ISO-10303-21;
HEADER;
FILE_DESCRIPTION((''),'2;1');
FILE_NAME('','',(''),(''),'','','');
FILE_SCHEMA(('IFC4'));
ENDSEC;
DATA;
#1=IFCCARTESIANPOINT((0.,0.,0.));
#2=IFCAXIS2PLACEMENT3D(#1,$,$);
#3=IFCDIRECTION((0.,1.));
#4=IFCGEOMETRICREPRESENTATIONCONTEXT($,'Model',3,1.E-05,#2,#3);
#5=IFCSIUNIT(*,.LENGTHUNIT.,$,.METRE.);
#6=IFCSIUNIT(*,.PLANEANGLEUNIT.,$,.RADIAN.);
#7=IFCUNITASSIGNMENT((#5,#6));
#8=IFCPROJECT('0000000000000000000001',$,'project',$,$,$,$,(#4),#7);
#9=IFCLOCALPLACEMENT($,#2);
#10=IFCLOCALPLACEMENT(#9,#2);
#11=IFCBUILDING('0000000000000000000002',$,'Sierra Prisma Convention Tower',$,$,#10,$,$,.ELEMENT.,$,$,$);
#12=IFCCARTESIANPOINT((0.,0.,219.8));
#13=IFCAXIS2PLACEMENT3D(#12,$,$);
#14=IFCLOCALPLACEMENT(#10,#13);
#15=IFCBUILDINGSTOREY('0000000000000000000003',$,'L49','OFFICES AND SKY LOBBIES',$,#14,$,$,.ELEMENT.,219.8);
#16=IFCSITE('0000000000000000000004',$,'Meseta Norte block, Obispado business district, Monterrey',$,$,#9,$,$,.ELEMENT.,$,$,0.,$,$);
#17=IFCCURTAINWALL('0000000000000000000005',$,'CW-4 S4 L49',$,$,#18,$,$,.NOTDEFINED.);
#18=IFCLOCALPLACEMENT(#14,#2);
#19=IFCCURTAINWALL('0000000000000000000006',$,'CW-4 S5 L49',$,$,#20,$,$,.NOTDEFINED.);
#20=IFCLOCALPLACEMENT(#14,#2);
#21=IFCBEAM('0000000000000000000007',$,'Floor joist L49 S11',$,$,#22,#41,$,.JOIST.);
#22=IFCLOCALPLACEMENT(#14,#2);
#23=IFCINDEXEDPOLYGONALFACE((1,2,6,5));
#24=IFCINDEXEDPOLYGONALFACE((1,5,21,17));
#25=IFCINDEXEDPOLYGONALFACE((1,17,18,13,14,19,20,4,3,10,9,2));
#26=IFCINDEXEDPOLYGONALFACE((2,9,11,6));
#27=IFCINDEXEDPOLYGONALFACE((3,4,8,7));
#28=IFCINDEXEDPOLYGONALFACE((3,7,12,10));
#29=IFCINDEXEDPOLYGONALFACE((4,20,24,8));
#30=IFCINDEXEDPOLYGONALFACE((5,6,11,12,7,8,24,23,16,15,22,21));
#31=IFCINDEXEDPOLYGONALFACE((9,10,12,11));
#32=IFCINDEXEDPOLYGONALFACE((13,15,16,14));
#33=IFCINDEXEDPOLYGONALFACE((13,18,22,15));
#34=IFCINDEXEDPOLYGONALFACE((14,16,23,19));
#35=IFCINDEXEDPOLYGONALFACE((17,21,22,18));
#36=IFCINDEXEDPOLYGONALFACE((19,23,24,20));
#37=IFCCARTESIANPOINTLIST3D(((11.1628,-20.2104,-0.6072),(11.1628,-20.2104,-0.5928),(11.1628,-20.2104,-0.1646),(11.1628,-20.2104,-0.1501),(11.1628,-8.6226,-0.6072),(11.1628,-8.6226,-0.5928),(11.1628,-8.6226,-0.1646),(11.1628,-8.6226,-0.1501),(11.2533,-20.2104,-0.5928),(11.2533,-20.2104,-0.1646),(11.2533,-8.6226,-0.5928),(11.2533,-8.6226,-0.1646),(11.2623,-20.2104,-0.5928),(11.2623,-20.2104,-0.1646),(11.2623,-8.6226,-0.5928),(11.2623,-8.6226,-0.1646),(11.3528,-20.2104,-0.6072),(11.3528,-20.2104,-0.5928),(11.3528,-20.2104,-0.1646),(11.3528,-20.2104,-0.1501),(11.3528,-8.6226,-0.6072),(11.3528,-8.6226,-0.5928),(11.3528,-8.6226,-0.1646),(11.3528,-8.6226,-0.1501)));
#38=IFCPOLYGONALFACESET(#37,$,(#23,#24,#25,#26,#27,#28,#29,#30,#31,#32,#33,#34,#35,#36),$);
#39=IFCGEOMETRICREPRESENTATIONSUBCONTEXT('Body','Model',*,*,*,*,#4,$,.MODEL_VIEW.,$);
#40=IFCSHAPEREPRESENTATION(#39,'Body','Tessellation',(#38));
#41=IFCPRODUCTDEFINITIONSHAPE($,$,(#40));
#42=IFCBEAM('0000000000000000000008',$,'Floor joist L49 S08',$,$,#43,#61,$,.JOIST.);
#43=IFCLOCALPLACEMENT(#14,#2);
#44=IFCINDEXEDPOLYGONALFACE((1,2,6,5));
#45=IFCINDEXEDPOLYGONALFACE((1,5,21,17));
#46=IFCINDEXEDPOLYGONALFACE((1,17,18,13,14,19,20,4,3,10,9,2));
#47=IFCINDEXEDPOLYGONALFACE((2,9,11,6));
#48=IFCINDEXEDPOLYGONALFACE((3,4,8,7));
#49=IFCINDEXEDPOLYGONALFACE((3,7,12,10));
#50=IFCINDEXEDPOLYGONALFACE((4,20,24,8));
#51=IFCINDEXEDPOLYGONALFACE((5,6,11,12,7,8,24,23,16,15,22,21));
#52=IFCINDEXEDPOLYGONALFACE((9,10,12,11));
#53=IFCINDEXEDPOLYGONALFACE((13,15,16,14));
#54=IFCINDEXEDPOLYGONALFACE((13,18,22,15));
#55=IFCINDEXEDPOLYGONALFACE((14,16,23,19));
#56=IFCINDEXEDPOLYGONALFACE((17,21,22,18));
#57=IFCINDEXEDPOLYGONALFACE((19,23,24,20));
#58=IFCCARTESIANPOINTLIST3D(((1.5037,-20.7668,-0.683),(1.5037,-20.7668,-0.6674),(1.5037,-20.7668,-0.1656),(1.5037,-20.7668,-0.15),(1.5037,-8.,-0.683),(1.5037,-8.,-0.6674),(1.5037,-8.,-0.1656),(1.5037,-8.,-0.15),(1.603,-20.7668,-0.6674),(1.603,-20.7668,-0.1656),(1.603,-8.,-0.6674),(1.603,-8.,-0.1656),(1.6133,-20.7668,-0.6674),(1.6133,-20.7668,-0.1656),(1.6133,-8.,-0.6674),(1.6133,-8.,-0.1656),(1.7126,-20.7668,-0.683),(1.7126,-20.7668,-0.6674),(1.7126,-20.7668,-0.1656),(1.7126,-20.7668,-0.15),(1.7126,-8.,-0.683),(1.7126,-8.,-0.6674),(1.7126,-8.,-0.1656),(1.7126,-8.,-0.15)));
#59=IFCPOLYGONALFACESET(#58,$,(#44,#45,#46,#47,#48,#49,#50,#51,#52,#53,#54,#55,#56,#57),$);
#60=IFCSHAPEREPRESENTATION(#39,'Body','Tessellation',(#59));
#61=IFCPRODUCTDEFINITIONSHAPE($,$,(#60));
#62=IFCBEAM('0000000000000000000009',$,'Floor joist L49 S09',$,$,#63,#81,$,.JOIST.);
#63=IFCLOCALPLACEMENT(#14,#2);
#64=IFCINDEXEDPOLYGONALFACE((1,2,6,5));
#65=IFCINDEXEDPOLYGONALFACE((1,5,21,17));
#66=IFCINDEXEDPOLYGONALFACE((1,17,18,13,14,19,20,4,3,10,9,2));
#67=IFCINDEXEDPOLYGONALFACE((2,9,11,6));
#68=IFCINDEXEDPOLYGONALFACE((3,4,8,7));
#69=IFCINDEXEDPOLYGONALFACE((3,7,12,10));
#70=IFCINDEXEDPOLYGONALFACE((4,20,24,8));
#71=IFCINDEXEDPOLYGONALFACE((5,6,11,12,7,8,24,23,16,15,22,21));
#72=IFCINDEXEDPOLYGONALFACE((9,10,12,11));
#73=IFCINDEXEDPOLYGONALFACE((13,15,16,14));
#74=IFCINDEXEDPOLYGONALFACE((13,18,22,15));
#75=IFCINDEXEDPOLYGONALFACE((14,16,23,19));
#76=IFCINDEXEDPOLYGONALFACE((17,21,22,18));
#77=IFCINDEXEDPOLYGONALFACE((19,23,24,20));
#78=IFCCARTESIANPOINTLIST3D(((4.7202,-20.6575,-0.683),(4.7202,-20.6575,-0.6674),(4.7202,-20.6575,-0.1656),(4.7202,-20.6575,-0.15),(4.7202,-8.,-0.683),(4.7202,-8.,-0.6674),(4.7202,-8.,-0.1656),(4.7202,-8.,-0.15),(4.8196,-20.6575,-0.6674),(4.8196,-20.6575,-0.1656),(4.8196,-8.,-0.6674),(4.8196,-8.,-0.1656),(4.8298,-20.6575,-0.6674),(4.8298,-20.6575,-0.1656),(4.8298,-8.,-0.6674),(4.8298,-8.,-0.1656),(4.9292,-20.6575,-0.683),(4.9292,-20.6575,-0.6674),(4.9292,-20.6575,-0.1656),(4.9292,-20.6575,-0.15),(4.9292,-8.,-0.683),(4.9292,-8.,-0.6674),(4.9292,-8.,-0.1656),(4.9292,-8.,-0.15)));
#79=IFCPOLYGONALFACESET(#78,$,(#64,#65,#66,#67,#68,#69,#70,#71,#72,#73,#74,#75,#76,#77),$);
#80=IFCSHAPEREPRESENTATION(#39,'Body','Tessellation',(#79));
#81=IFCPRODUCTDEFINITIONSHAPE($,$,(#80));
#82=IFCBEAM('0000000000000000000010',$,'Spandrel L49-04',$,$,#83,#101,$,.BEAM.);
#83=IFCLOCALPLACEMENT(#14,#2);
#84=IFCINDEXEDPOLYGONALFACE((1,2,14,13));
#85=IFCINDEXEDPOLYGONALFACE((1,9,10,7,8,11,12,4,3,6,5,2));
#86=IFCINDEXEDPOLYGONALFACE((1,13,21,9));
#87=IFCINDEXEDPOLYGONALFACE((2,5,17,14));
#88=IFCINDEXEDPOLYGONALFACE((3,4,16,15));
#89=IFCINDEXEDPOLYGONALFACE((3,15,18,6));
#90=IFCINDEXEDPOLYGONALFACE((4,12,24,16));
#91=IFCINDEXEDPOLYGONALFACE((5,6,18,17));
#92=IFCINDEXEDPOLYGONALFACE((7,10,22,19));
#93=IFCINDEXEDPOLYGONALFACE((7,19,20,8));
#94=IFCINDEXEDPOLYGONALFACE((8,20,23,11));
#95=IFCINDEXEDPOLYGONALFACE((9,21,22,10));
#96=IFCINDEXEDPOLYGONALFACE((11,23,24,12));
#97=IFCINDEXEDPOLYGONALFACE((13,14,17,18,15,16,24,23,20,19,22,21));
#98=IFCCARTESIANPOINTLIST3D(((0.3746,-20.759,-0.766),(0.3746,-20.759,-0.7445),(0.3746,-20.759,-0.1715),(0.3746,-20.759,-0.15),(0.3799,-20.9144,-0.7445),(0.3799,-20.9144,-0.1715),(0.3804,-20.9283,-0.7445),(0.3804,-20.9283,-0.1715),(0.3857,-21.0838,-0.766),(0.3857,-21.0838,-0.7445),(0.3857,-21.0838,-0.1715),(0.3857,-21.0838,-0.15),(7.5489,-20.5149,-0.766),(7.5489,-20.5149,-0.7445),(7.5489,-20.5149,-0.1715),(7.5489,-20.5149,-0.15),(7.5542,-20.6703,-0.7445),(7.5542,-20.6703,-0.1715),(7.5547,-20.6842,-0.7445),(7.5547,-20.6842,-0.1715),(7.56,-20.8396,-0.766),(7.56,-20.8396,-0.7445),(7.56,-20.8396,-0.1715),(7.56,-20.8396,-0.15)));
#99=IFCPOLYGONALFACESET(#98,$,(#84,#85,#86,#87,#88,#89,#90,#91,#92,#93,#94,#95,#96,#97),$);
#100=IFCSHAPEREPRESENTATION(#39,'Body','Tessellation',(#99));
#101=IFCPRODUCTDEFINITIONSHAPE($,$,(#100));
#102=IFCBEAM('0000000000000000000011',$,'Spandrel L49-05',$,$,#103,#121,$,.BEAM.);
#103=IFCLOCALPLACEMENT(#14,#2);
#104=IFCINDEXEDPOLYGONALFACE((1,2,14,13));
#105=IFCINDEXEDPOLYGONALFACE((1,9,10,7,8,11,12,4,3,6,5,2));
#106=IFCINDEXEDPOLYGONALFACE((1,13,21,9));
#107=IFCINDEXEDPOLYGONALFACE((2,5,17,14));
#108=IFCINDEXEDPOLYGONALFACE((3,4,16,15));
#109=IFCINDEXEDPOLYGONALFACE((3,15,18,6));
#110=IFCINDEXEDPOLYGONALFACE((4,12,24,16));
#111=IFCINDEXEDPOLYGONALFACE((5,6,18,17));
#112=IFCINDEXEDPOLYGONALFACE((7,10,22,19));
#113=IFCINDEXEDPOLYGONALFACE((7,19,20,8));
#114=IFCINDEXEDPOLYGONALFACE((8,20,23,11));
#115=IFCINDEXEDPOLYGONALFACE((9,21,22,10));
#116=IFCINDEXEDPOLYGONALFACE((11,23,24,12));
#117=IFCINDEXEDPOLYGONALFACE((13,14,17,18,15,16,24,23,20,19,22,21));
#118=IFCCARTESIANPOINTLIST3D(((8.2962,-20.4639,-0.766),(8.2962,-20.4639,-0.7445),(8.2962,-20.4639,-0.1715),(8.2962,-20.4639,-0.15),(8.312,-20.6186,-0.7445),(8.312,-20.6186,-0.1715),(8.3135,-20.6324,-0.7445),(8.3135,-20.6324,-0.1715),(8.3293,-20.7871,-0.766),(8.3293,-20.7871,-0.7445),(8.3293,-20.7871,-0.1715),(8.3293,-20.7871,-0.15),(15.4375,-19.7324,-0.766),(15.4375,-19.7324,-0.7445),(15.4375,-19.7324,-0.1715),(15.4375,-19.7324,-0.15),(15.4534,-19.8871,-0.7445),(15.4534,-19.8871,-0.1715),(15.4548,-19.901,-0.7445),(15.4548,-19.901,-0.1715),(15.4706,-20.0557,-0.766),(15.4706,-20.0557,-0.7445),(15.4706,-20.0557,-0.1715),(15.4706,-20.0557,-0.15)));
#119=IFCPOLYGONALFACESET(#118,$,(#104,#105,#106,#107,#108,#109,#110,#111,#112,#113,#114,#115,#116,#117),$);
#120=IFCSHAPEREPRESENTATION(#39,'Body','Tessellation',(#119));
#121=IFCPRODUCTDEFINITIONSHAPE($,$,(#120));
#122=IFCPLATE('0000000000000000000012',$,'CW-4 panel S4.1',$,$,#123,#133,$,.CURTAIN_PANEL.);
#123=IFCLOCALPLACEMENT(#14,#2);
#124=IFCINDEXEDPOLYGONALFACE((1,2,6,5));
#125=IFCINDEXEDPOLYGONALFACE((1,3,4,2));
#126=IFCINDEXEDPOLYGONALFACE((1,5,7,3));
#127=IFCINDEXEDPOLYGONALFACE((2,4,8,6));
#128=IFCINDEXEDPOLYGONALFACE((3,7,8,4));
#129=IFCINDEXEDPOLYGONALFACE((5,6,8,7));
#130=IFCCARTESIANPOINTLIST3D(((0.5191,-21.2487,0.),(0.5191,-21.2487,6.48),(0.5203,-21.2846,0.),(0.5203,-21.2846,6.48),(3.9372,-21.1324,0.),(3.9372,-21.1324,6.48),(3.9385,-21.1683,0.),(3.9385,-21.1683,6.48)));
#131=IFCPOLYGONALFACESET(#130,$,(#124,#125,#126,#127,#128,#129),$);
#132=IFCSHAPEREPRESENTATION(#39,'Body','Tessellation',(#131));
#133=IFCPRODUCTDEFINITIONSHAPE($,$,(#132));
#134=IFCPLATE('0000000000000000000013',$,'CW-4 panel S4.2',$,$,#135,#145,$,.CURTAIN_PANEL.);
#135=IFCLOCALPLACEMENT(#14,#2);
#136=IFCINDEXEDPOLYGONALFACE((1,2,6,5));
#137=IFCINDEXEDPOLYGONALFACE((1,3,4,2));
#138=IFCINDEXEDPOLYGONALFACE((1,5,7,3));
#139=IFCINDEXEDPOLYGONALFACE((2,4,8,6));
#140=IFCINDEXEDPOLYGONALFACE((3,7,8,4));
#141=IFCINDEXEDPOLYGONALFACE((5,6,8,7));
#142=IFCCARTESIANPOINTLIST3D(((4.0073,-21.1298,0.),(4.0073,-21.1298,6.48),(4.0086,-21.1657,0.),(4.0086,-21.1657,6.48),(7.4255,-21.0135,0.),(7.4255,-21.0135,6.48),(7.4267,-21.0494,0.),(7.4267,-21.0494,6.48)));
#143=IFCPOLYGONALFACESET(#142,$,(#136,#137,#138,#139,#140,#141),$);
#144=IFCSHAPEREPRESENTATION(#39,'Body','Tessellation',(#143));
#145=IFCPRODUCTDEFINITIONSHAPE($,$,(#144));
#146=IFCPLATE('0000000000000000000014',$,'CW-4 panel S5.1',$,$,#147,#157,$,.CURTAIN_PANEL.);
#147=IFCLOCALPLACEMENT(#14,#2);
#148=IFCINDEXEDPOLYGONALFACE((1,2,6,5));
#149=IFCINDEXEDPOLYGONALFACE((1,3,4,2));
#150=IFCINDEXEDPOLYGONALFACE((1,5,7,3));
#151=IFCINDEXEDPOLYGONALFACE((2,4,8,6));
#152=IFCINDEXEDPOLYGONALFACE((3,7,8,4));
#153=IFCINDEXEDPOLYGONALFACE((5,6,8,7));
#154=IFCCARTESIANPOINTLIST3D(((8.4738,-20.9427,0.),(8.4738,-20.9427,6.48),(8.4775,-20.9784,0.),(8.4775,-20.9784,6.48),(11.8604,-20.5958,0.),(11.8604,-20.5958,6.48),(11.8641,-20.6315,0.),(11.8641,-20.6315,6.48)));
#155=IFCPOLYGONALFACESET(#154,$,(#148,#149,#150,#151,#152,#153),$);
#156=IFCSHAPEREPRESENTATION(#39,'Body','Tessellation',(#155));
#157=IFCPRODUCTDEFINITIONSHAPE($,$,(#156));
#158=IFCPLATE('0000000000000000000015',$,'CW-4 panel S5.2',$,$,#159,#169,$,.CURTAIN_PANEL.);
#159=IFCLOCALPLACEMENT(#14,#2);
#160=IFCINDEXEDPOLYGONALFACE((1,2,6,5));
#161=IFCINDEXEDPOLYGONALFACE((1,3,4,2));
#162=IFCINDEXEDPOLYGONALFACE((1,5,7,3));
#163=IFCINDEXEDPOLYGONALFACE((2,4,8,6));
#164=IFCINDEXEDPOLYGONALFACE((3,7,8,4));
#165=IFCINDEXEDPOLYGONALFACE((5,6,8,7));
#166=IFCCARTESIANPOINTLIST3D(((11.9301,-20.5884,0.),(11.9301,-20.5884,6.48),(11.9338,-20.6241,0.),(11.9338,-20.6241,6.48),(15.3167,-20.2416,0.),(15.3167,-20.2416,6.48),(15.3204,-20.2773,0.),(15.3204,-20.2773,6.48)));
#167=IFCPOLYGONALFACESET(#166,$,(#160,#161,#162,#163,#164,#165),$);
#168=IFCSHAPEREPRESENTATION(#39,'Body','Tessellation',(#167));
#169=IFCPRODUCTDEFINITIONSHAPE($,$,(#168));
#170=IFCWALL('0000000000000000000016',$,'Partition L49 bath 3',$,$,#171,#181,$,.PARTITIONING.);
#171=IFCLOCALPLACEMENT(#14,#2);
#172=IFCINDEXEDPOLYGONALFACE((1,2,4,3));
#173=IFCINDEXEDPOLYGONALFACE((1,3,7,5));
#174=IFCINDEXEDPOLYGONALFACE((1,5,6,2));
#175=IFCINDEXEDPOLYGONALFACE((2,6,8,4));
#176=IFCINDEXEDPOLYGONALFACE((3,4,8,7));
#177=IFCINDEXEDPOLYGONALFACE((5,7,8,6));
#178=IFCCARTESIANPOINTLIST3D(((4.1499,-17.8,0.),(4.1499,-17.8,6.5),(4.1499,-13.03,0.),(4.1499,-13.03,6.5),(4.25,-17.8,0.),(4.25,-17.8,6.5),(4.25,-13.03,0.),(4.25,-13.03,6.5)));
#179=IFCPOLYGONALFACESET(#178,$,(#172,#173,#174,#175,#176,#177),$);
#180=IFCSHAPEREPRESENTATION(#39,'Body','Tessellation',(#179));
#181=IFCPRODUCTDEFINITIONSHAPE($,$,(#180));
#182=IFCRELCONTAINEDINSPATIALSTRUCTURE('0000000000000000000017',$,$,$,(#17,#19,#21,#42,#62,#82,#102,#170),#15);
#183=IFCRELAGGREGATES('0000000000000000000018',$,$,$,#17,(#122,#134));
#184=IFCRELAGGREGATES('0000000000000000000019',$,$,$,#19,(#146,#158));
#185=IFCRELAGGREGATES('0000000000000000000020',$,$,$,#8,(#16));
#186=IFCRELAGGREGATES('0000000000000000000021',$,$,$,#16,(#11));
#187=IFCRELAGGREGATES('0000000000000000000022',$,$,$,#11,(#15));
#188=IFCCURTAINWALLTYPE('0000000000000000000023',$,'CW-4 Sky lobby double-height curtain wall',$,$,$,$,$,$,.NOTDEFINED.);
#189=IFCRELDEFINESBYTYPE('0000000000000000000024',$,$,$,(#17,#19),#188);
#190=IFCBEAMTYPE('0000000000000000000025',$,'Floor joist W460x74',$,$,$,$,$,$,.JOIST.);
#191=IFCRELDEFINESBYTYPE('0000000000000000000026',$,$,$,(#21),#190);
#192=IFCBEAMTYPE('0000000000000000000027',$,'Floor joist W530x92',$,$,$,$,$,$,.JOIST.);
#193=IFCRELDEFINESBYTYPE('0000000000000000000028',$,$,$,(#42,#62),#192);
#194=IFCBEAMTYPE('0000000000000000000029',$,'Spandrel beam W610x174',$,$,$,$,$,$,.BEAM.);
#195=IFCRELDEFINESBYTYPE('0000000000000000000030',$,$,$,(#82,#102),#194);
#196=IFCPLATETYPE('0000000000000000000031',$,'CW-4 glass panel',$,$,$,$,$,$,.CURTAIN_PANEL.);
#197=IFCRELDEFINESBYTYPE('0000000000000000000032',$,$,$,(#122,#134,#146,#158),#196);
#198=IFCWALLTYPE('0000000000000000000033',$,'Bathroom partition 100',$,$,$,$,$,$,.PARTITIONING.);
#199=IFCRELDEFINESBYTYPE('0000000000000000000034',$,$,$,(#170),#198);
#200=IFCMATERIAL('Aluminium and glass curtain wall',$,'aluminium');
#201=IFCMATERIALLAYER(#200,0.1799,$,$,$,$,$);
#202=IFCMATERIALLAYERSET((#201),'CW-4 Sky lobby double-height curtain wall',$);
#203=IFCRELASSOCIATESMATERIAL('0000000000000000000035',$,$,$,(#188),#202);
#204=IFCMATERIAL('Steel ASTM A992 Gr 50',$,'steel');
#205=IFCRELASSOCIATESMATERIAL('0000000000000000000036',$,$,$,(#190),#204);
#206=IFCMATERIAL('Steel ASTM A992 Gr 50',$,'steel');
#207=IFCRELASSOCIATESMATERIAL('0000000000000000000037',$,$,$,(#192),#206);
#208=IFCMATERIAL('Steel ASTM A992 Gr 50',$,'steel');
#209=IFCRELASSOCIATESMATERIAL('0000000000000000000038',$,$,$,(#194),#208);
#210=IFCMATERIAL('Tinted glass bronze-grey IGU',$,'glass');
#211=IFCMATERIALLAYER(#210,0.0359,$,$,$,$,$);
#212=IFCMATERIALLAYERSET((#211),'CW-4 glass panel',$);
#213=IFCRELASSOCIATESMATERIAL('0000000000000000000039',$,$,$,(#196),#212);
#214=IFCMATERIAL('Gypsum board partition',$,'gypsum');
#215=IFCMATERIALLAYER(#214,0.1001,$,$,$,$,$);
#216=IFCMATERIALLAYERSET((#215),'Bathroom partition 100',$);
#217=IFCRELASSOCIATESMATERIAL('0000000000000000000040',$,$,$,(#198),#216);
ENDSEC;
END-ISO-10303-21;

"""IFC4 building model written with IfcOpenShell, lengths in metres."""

from ifc_helpers import new_model, si_unit, direction, frame, frame_2d, origin, origin_2d, place, context, subcontext, project, spatial, rectangle, i_section, extrude, material, layer, layer_set, material_profile, profile_set, type_object, element, aggregate, save


model = new_model("IFC4")

# Units and contexts
model_context = context("Model", 3, precision=1e-05, world=origin(), true_north=direction((0.0, 1.0)))
body_context = subcontext(model_context, "Body", "Model", "MODEL_VIEW")
ifc_project = project(units=[si_unit("LENGTHUNIT", "METRE"), si_unit("PLANEANGLEUNIT", "RADIAN")], contexts=[model_context])

# Site, building, storey
site_placement = place(None, origin())
site = spatial("IfcSite", under=ifc_project, at=site_placement, Name="Meseta Norte block, Obispado business district, Monterrey", CompositionType="ELEMENT", RefElevation=0.0)
building_placement = place(site_placement, origin())
building = spatial("IfcBuilding", under=site, at=building_placement, Name="Sierra Prisma Convention Tower", CompositionType="ELEMENT")
storey_placement = place(building_placement, frame((0.0, 0.0, 219.8)))
storey = spatial("IfcBuildingStorey", under=building, at=storey_placement, Name="L49", Description="OFFICES AND SKY LOBBIES", CompositionType="ELEMENT", Elevation=219.8)

# Curtain wall
ifc_material_1 = material(Name="Aluminium and glass curtain wall", Category="aluminium")
ifc_layer_1 = layer(ifc_material_1, 0.1799)
ifc_layer_set_1 = layer_set([ifc_layer_1], Name="CW-4 Sky lobby double-height curtain wall")
curtain_wall_type = type_object("IfcCurtainWallType", Name="CW-4 Sky lobby double-height curtain wall", PredefinedType="NOTDEFINED", material=ifc_layer_set_1)
curtain_wall_1_placement = place(storey_placement, origin())
curtain_wall_1 = element("IfcCurtainWall", 1, at=curtain_wall_1_placement, inside=storey, type_object=curtain_wall_type, Name="CW-4 S4 L49", PredefinedType="NOTDEFINED")

# Curtain wall
curtain_wall_2_placement = place(storey_placement, origin())
curtain_wall_2 = element("IfcCurtainWall", 2, at=curtain_wall_2_placement, inside=storey, type_object=curtain_wall_type, Name="CW-4 S5 L49", PredefinedType="NOTDEFINED")

# Beams
ifc_material_2 = material(Name="Steel ASTM A992 Gr 50", Category="steel")
ifc_material_profile_1 = material_profile(ifc_material_2, i_section(OverallWidth=0.1899, OverallDepth=0.457, WebThickness=0.009, FlangeThickness=0.0144, at=origin_2d()), Name="W460x74")
ifc_profile_set_1 = profile_set([ifc_material_profile_1], Name="Steel ASTM A992 Gr 50")
beam_type_1 = type_object("IfcBeamType", Name="Floor joist W460x74", PredefinedType="JOIST", material=ifc_profile_set_1)
beam_1_placement = place(storey_placement, frame((11.2578, -20.2104, -0.3787), z_axis=(0.0, 1.0, 0.0), x_axis=(-1.0, 0.0, 0.0)))
element("IfcBeam", 3, at=beam_1_placement, inside=storey, type_object=beam_type_1, Name="Floor joist L49 S11", PredefinedType="JOIST", context=body_context, shape_type="SweptSolid", body=[
    extrude(i_section(OverallWidth=0.1899, OverallDepth=0.457, WebThickness=0.009, FlangeThickness=0.0144, at=origin_2d()), origin(), (0.0, 0.0, 1.0), 11.5879),
])
ifc_material_3 = material(Name="Steel ASTM A992 Gr 50", Category="steel")
ifc_material_profile_2 = material_profile(ifc_material_3, i_section(OverallWidth=0.209, OverallDepth=0.533, WebThickness=0.0103, FlangeThickness=0.0156, at=origin_2d()), Name="W530x92")
ifc_profile_set_2 = profile_set([ifc_material_profile_2], Name="Steel ASTM A992 Gr 50")
beam_type_2 = type_object("IfcBeamType", Name="Floor joist W530x92", PredefinedType="JOIST", material=ifc_profile_set_2)
beam_2_placement = place(storey_placement, frame((1.6082, -20.7668, -0.4165), z_axis=(0.0, 1.0, 0.0), x_axis=(-1.0, 0.0, 0.0)))
element("IfcBeam", 4, at=beam_2_placement, inside=storey, type_object=beam_type_2, Name="Floor joist L49 S08", PredefinedType="JOIST", context=body_context, shape_type="SweptSolid", body=[
    extrude(i_section(OverallWidth=0.209, OverallDepth=0.533, WebThickness=0.0103, FlangeThickness=0.0156, at=origin_2d()), origin(), (0.0, 0.0, 1.0), 12.7668),
])
beam_3_placement = place(storey_placement, frame((4.8247, -20.6575, -0.4165), z_axis=(0.0, 1.0, 0.0), x_axis=(-1.0, 0.0, 0.0)))
element("IfcBeam", 5, at=beam_3_placement, inside=storey, type_object=beam_type_2, Name="Floor joist L49 S09", PredefinedType="JOIST", context=body_context, shape_type="SweptSolid", body=[
    extrude(i_section(OverallWidth=0.209, OverallDepth=0.533, WebThickness=0.0103, FlangeThickness=0.0156, at=origin_2d()), origin(), (0.0, 0.0, 1.0), 12.6575),
])
ifc_material_4 = material(Name="Steel ASTM A992 Gr 50", Category="steel")
ifc_material_profile_3 = material_profile(ifc_material_4, i_section(OverallWidth=0.325, OverallDepth=0.616, WebThickness=0.0139, FlangeThickness=0.0215, at=origin_2d()), Name="W610x174")
ifc_profile_set_3 = profile_set([ifc_material_profile_3], Name="Steel ASTM A992 Gr 50")
beam_type_3 = type_object("IfcBeamType", Name="Spandrel beam W610x174", PredefinedType="BEAM", material=ifc_profile_set_3)
beam_4_placement = place(storey_placement, frame((0.3801, -20.9214, -0.458), z_axis=(0.999421, 0.03401, 0.0), x_axis=(-0.03401, 0.999421, 0.0)))
element("IfcBeam", 6, at=beam_4_placement, inside=storey, type_object=beam_type_3, Name="Spandrel L49-04", PredefinedType="BEAM", context=body_context, shape_type="SweptSolid", body=[
    extrude(i_section(OverallWidth=0.325, OverallDepth=0.616, WebThickness=0.0139, FlangeThickness=0.0215, at=origin_2d()), origin(), (0.0, 0.0, 1.0), 7.1785),
])
beam_5_placement = place(storey_placement, frame((8.3127, -20.6255, -0.458), z_axis=(0.994796, 0.101891, 0.0), x_axis=(-0.101891, 0.994796, 0.0)))
element("IfcBeam", 7, at=beam_5_placement, inside=storey, type_object=beam_type_3, Name="Spandrel L49-05", PredefinedType="BEAM", context=body_context, shape_type="SweptSolid", body=[
    extrude(i_section(OverallWidth=0.325, OverallDepth=0.616, WebThickness=0.0139, FlangeThickness=0.0215, at=origin_2d()), origin(), (0.0, 0.0, 1.0), 7.1787),
])

# Plates
ifc_material_5 = material(Name="Tinted glass bronze-grey IGU", Category="glass")
ifc_layer_2 = layer(ifc_material_5, 0.0359)
ifc_layer_set_2 = layer_set([ifc_layer_2], Name="CW-4 glass panel")
plate_type = type_object("IfcPlateType", Name="CW-4 glass panel", PredefinedType="CURTAIN_PANEL", material=ifc_layer_set_2)
plate_1_placement = place(storey_placement, frame((2.2288, -21.2085, 0.0), z_axis=(0.0, 0.0, 1.0), x_axis=(0.999421, 0.034017, 0.0)))
plate_1 = element("IfcPlate", 8, at=plate_1_placement, type_object=plate_type, Name="CW-4 panel S4.1", PredefinedType="CURTAIN_PANEL", context=body_context, shape_type="SweptSolid", body=[
    extrude(rectangle(XDim=3.4202, YDim=0.0359, at=origin_2d()), origin(), (0.0, 0.0, 1.0), 6.48),
])
plate_2_placement = place(storey_placement, frame((5.717, -21.0896, 0.0), z_axis=(0.0, 0.0, 1.0), x_axis=(0.999421, 0.034017, 0.0)))
plate_2 = element("IfcPlate", 9, at=plate_2_placement, type_object=plate_type, Name="CW-4 panel S4.2", PredefinedType="CURTAIN_PANEL", context=body_context, shape_type="SweptSolid", body=[
    extrude(rectangle(XDim=3.4202, YDim=0.0359, at=origin_2d()), origin(), (0.0, 0.0, 1.0), 6.48),
])
aggregate(curtain_wall_1, [plate_1, plate_2])
plate_3_placement = place(storey_placement, frame((10.1689, -20.7871, 0.0), z_axis=(0.0, 0.0, 1.0), x_axis=(0.994795, 0.101893, 0.0)))
plate_3 = element("IfcPlate", 10, at=plate_3_placement, type_object=plate_type, Name="CW-4 panel S5.1", PredefinedType="CURTAIN_PANEL", context=body_context, shape_type="SweptSolid", body=[
    extrude(rectangle(XDim=3.4043, YDim=0.0359, at=origin_2d()), origin(), (0.0, 0.0, 1.0), 6.48),
])
plate_4_placement = place(storey_placement, frame((13.6252, -20.4329, 0.0), z_axis=(0.0, 0.0, 1.0), x_axis=(0.994795, 0.101893, 0.0)))
plate_4 = element("IfcPlate", 11, at=plate_4_placement, type_object=plate_type, Name="CW-4 panel S5.2", PredefinedType="CURTAIN_PANEL", context=body_context, shape_type="SweptSolid", body=[
    extrude(rectangle(XDim=3.4043, YDim=0.0359, at=origin_2d()), origin(), (0.0, 0.0, 1.0), 6.48),
])
aggregate(curtain_wall_2, [plate_3, plate_4])

# Wall
ifc_material_6 = material(Name="Gypsum board partition", Category="gypsum")
ifc_layer_3 = layer(ifc_material_6, 0.1001)
ifc_layer_set_3 = layer_set([ifc_layer_3], Name="Bathroom partition 100")
wall_type_1 = type_object("IfcWallType", Name="Bathroom partition 100", PredefinedType="PARTITIONING", material=ifc_layer_set_3)
wall_1_placement = place(storey_placement, frame((4.2, -13.03, 0.0), z_axis=(0.0, 0.0, 1.0), x_axis=(0.0, -1.0, 0.0)))
element("IfcWall", 12, at=wall_1_placement, inside=storey, type_object=wall_type_1, Name="Partition L49 bath 3", PredefinedType="PARTITIONING", context=body_context, shape_type="SweptSolid", body=[
    extrude(rectangle(XDim=4.77, YDim=0.1001, at=frame_2d((2.385, 0.0))), origin(), (0.0, 0.0, 1.0), 6.5),
])

save(model, "model.ifc")
